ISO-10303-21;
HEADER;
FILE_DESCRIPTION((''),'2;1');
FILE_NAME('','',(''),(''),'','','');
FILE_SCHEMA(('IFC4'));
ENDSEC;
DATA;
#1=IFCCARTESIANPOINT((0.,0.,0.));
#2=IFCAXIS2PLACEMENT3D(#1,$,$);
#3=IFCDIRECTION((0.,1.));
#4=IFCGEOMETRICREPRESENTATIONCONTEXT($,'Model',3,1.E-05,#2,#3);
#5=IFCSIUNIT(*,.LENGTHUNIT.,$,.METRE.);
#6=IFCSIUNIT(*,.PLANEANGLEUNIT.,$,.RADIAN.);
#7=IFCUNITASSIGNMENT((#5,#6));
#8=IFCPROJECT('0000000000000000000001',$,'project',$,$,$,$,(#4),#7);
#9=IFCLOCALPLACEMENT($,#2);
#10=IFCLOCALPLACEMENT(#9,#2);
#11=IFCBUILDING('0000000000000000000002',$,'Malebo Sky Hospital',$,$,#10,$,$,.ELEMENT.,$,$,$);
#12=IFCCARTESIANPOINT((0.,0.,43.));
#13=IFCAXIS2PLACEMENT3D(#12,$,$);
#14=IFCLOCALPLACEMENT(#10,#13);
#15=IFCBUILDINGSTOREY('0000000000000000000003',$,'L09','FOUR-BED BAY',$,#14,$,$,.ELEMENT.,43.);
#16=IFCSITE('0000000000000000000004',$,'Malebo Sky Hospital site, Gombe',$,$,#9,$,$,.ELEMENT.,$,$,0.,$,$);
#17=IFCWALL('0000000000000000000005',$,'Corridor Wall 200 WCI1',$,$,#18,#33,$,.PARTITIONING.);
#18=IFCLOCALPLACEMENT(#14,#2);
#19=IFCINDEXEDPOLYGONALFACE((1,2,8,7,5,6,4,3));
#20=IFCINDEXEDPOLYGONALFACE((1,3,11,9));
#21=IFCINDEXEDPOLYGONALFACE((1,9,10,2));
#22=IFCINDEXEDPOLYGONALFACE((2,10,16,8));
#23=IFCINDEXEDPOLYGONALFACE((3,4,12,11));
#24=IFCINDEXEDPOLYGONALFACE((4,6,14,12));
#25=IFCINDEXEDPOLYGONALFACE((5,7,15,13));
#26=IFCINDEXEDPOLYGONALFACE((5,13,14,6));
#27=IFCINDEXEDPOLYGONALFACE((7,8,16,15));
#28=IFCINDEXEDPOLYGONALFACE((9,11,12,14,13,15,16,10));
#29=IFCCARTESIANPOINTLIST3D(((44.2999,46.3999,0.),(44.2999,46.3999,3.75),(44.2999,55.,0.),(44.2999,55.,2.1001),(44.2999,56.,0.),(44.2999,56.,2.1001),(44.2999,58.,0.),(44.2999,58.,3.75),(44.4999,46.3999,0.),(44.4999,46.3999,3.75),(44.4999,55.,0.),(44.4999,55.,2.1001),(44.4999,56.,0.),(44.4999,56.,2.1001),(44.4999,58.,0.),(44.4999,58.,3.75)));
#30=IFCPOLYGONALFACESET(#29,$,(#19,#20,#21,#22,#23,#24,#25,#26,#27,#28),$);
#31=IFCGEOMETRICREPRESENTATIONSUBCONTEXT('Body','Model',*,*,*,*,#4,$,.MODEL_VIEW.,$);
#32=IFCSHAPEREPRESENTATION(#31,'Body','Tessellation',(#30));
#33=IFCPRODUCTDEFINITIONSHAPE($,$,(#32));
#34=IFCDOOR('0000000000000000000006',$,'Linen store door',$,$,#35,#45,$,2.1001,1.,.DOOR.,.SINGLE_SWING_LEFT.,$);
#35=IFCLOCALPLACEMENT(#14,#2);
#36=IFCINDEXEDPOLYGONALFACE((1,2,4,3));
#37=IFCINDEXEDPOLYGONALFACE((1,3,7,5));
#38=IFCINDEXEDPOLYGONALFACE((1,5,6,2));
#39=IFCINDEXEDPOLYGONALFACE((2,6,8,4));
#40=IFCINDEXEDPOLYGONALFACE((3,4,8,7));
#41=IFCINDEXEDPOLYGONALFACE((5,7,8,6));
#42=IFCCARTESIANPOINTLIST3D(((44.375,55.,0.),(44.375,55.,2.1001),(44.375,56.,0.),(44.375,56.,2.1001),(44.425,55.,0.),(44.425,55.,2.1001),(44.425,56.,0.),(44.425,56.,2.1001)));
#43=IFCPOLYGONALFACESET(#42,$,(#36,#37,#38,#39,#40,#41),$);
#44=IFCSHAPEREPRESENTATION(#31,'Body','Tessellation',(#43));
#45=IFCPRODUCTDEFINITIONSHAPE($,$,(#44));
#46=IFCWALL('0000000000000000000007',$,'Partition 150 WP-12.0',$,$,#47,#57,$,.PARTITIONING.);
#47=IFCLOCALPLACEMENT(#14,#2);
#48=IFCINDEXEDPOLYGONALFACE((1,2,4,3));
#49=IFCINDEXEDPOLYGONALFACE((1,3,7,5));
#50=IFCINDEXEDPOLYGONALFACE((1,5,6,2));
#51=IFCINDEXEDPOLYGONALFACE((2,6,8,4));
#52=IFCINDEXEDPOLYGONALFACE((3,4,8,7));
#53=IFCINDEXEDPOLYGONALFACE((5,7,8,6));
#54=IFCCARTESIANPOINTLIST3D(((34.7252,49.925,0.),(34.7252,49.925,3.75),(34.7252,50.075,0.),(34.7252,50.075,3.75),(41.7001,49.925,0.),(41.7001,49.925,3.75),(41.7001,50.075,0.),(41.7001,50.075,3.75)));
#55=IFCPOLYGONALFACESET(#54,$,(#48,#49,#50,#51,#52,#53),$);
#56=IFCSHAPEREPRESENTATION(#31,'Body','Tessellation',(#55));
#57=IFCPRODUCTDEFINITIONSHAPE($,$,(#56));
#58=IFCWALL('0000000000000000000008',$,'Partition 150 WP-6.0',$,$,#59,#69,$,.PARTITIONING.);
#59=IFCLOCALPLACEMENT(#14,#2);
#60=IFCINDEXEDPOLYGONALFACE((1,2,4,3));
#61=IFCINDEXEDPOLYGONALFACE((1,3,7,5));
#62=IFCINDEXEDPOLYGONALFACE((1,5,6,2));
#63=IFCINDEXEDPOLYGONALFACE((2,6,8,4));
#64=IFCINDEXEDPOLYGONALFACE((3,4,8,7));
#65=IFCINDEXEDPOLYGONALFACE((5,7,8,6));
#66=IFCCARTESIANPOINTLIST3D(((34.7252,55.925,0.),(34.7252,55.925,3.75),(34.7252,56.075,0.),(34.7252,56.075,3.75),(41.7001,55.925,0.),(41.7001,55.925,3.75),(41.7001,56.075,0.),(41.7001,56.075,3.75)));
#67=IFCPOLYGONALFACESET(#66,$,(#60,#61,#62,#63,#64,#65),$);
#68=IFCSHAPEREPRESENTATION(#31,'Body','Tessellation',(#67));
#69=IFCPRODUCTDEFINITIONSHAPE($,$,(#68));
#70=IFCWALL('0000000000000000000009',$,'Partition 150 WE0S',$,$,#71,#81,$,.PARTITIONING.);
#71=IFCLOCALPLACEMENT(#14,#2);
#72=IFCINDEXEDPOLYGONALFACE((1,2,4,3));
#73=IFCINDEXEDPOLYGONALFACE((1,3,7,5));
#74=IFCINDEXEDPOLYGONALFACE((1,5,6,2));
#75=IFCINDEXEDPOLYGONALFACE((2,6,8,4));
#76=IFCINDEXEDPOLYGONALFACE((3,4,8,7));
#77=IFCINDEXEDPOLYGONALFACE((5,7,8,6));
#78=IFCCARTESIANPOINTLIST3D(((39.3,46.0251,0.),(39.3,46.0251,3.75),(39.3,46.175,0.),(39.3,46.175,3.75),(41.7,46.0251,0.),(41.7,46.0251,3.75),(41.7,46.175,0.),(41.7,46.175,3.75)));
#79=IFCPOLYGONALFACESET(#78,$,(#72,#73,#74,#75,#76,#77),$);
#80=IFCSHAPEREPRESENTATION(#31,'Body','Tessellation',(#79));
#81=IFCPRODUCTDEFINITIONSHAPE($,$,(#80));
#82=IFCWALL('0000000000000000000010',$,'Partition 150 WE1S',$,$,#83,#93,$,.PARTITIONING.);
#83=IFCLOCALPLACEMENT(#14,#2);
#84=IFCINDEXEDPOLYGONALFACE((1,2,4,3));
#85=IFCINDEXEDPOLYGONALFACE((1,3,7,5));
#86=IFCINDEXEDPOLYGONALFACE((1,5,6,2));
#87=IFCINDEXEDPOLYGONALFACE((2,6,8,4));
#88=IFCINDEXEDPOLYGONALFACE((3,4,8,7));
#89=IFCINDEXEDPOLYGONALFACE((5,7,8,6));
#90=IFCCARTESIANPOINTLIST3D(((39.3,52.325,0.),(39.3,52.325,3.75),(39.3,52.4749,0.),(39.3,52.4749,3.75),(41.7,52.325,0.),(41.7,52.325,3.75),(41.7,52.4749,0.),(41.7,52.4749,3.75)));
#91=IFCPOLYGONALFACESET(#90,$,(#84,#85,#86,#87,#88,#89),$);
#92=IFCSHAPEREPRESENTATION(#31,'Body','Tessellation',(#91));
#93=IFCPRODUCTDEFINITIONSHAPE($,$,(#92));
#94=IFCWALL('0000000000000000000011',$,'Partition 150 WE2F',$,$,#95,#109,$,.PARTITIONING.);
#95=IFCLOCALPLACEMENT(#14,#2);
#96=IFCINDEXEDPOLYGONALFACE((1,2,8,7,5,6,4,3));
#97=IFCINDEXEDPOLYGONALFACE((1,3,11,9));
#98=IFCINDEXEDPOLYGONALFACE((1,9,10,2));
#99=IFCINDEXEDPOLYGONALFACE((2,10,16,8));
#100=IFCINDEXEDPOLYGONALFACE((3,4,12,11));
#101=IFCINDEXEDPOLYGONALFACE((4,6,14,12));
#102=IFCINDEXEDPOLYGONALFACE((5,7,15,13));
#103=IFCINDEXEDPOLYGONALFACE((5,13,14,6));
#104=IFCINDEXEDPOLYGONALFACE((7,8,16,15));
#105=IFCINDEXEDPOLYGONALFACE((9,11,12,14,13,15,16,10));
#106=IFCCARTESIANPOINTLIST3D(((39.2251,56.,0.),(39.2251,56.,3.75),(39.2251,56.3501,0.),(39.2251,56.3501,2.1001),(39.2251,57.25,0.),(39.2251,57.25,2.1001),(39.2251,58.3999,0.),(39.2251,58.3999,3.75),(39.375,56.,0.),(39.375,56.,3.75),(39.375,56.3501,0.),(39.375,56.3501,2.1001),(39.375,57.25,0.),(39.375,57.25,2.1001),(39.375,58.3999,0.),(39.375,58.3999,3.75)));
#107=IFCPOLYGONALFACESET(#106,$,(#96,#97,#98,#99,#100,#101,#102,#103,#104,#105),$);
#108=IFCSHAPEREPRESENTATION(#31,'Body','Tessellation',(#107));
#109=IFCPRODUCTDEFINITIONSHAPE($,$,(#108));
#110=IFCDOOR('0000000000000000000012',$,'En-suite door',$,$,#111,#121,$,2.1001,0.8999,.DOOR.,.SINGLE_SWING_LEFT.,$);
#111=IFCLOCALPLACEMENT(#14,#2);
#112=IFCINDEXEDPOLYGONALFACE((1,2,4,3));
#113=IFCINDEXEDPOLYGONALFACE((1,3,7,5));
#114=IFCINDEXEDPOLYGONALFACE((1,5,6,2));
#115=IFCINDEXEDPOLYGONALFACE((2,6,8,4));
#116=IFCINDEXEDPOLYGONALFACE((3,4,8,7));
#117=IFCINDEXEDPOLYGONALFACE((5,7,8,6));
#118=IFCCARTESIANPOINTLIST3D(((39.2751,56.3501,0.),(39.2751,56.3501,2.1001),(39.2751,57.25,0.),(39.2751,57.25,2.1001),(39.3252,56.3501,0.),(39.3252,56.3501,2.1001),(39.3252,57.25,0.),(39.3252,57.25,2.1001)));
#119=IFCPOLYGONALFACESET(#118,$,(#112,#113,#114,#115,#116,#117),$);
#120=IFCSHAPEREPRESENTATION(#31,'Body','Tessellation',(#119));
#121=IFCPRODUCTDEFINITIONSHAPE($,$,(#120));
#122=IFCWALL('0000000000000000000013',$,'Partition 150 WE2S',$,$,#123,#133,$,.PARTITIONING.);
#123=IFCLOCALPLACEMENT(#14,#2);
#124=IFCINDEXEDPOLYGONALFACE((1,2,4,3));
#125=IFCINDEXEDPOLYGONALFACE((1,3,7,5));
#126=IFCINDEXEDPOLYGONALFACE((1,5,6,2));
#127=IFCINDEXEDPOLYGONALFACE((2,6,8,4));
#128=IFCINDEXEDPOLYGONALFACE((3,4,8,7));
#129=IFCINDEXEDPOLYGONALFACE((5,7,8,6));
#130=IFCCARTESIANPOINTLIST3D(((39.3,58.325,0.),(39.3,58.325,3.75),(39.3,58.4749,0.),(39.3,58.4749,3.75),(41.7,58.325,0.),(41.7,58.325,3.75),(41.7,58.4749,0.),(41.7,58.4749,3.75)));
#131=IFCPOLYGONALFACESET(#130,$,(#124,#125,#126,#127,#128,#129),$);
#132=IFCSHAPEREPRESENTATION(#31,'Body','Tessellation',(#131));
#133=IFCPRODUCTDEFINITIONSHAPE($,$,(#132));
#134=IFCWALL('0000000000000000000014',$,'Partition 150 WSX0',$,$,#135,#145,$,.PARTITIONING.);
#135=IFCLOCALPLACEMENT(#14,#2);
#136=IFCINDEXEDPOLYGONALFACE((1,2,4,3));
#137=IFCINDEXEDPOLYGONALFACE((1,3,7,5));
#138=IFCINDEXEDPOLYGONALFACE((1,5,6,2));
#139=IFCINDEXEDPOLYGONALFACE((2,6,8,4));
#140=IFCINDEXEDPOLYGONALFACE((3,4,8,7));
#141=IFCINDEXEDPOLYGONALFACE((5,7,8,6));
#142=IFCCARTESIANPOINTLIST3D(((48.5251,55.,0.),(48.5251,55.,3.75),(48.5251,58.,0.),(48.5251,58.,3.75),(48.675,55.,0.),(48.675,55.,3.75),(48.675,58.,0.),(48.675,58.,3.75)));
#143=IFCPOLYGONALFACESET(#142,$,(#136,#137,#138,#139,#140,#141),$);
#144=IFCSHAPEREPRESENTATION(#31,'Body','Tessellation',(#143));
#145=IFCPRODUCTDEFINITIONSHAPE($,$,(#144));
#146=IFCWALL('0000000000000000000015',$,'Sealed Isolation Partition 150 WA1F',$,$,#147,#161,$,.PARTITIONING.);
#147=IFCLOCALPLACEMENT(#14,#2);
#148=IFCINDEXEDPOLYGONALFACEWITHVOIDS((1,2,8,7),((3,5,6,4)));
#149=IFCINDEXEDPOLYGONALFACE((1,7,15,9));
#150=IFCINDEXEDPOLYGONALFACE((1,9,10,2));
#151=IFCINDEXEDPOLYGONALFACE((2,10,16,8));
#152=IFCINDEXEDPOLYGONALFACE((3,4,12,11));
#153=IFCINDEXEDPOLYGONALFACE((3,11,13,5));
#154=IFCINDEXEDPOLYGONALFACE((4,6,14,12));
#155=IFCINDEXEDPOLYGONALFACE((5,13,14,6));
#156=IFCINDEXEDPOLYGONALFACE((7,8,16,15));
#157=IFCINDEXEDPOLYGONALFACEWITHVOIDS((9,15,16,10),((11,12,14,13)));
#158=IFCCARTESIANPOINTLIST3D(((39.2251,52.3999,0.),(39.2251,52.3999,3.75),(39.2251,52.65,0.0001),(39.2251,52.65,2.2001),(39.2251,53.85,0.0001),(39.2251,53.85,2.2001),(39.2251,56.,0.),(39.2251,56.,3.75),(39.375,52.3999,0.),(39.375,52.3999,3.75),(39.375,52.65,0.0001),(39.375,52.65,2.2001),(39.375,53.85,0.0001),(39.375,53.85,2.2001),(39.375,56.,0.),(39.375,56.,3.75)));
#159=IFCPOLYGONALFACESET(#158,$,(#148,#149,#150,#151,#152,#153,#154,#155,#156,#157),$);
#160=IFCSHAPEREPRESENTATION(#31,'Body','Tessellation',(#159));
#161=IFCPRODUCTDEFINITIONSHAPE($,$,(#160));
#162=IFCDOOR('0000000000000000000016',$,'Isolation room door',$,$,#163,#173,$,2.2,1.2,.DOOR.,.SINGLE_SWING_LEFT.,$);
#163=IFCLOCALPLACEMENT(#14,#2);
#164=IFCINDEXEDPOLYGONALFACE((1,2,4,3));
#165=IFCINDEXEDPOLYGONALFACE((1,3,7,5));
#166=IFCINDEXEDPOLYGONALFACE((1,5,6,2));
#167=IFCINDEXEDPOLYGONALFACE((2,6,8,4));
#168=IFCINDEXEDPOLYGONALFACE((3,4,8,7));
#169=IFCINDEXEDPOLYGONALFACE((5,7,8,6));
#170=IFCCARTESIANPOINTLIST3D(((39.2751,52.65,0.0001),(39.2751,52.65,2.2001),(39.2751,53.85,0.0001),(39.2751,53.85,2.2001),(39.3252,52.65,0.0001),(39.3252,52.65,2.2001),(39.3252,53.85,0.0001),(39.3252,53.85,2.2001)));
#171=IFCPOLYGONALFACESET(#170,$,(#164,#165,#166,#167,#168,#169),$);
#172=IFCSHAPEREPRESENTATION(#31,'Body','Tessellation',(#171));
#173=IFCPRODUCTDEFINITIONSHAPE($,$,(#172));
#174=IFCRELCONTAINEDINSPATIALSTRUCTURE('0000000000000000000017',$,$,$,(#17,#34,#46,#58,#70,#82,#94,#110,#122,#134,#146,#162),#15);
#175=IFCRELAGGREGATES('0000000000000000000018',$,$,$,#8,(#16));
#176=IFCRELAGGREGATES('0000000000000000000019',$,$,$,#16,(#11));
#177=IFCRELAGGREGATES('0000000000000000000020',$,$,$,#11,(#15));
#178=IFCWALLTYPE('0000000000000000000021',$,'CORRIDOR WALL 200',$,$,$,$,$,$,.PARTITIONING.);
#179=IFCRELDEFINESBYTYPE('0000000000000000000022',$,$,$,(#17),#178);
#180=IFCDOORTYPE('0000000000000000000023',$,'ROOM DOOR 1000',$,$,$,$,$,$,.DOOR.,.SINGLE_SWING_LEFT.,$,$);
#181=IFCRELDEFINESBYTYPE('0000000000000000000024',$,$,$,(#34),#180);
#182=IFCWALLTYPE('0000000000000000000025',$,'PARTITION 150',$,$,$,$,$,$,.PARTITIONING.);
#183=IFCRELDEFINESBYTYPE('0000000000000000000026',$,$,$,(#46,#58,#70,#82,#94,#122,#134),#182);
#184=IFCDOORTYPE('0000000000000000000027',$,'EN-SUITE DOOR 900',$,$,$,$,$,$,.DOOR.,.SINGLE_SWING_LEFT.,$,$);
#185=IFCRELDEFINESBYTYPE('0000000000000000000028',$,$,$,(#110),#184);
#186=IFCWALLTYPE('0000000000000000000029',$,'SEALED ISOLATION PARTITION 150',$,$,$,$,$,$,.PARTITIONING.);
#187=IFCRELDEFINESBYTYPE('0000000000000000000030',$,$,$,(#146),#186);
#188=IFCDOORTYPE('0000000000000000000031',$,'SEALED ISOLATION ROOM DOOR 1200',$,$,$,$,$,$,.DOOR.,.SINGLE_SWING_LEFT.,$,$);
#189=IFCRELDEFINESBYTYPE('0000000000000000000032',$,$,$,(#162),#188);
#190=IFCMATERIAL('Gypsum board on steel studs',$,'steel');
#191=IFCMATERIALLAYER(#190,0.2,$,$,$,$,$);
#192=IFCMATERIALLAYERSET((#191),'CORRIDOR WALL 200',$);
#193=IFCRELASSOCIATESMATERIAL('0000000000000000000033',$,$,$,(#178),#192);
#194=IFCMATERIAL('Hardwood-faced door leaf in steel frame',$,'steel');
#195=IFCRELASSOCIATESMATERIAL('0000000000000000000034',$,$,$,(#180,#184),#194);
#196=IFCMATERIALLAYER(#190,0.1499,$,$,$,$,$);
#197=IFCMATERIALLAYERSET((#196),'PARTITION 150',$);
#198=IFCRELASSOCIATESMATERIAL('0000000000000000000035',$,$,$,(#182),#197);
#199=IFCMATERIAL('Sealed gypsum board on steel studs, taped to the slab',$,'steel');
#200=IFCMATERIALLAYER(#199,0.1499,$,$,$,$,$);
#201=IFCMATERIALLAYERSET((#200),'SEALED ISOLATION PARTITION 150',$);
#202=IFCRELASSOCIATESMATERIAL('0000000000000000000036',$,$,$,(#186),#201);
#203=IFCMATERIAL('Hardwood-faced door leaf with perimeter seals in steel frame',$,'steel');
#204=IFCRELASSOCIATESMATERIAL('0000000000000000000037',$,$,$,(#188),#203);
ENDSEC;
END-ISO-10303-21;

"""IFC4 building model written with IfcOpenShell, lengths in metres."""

from ifc_helpers import new_model, si_unit, direction, frame, frame_2d, origin, place, context, subcontext, project, spatial, rectangle, extrude, material, layer, layer_set, type_object, element, fill, save


model = new_model("IFC4")

# Units and contexts
model_context = context("Model", 3, precision=1e-05, world=origin(), true_north=direction((0.0, 1.0)))
body_context = subcontext(model_context, "Body", "Model", "MODEL_VIEW")
ifc_project = project(units=[si_unit("LENGTHUNIT", "METRE"), si_unit("PLANEANGLEUNIT", "RADIAN")], contexts=[model_context])

# Site, building, storey
site_placement = place(None, origin())
site = spatial("IfcSite", under=ifc_project, at=site_placement, Name="Malebo Sky Hospital site, Gombe", CompositionType="ELEMENT", RefElevation=0.0)
building_placement = place(site_placement, origin())
building = spatial("IfcBuilding", under=site, at=building_placement, Name="Malebo Sky Hospital", CompositionType="ELEMENT")
storey_placement = place(building_placement, frame((0.0, 0.0, 43.0)))
storey = spatial("IfcBuildingStorey", under=building, at=storey_placement, Name="L09", Description="FOUR-BED BAY", CompositionType="ELEMENT", Elevation=43.0)

# Wall, opening, door
ifc_material_1 = material(Name="Gypsum board on steel studs", Category="steel")
ifc_layer_1 = layer(ifc_material_1, 0.2)
ifc_layer_set_1 = layer_set([ifc_layer_1], Name="CORRIDOR WALL 200")
wall_type_1 = type_object("IfcWallType", Name="CORRIDOR WALL 200", PredefinedType="PARTITIONING", material=ifc_layer_set_1)
wall_1_placement = place(storey_placement, frame((44.3999, 46.3999, 0.0), z_axis=(0.0, 0.0, 1.0), x_axis=(0.0, 1.0, 0.0)))
wall_1 = element("IfcWall", 1, at=wall_1_placement, inside=storey, type_object=wall_type_1, Name="Corridor Wall 200 WCI1", PredefinedType="PARTITIONING", context=body_context, shape_type="SweptSolid", body=[
    extrude(rectangle(XDim=11.6001, YDim=0.2, at=frame_2d((5.8, 0.0))), origin(), (0.0, 0.0, 1.0), 3.75),
])
opening_1_placement = place(wall_1_placement, frame((8.6001, 0.0, 0.0)))
opening_1 = element("IfcOpeningElement", 2, at=opening_1_placement, cuts=wall_1, PredefinedType="OPENING", context=body_context, shape_type="SweptSolid", body=[
    extrude(rectangle(XDim=1.0, YDim=2.1001, at=frame_2d((0.5, 1.05))), frame((0.0, 0.1099, 0.0), z_axis=(0.0, -1.0, 0.0), x_axis=(1.0, 0.0, 0.0)), (0.0, 0.0, 1.0), 0.22),
])
ifc_material_2 = material(Name="Hardwood-faced door leaf in steel frame", Category="steel")
door_type_1 = type_object("IfcDoorType", Name="ROOM DOOR 1000", OperationType="SINGLE_SWING_LEFT", PredefinedType="DOOR", material=ifc_material_2)
door_1_placement = place(opening_1_placement, origin())
door_1 = element("IfcDoor", 3, at=door_1_placement, inside=storey, type_object=door_type_1, Name="Linen store door", OperationType="SINGLE_SWING_LEFT", OverallHeight=2.1001, OverallWidth=1.0, PredefinedType="DOOR", context=body_context, shape_type="SweptSolid", body=[
    extrude(rectangle(XDim=1.0, YDim=2.1001, at=frame_2d((0.5, 1.05))), frame((0.0, 0.0249, 0.0), z_axis=(0.0, -1.0, 0.0), x_axis=(1.0, 0.0, 0.0)), (0.0, 0.0, 1.0), 0.05),
])
fill(opening_1, door_1)

# Walls
ifc_layer_2 = layer(ifc_material_1, 0.1499)
ifc_layer_set_2 = layer_set([ifc_layer_2], Name="PARTITION 150")
wall_type_2 = type_object("IfcWallType", Name="PARTITION 150", PredefinedType="PARTITIONING", material=ifc_layer_set_2)
for number, where, z_axis, x_axis, name in (
    (4, (41.7, 50.0, 0.0), (0.0, 0.0, 1.0), (-1.0, 0.0, 0.0), "Partition 150 WP-12.0"),
    (5, (41.7, 56.0, 0.0), (0.0, 0.0, 1.0), (-1.0, 0.0, 0.0), "Partition 150 WP-6.0"),
):
    element("IfcWall", number, at=place(storey_placement, frame(where, z_axis=z_axis, x_axis=x_axis)), inside=storey, type_object=wall_type_2, Name=name, PredefinedType="PARTITIONING", context=body_context, shape_type="SweptSolid", body=[
        extrude(rectangle(XDim=6.9749, YDim=0.1499, at=frame_2d((3.4873, 0.0))), origin(), (0.0, 0.0, 1.0), 3.75),
    ])
for number, where, z_axis, x_axis, name in (
    (6, (41.7, 46.1001, 0.0), (0.0, 0.0, 1.0), (-1.0, 0.0, 0.0), "Partition 150 WE0S"),
    (7, (41.7, 52.3999, 0.0), (0.0, 0.0, 1.0), (-1.0, 0.0, 0.0), "Partition 150 WE1S"),
):
    element("IfcWall", number, at=place(storey_placement, frame(where, z_axis=z_axis, x_axis=x_axis)), inside=storey, type_object=wall_type_2, Name=name, PredefinedType="PARTITIONING", context=body_context, shape_type="SweptSolid", body=[
        extrude(rectangle(XDim=2.3999, YDim=0.1499, at=frame_2d((1.2, 0.0))), origin(), (0.0, 0.0, 1.0), 3.75),
    ])

# Wall, opening, door
wall_2_placement = place(storey_placement, frame((39.3, 56.0, 0.0), z_axis=(0.0, 0.0, 1.0), x_axis=(0.0, 1.0, 0.0)))
wall_2 = element("IfcWall", 8, at=wall_2_placement, inside=storey, type_object=wall_type_2, Name="Partition 150 WE2F", PredefinedType="PARTITIONING", context=body_context, shape_type="SweptSolid", body=[
    extrude(rectangle(XDim=2.3999, YDim=0.1499, at=frame_2d((1.2, 0.0))), origin(), (0.0, 0.0, 1.0), 3.75),
])
opening_2_placement = place(wall_2_placement, frame((0.3501, 0.0, 0.0)))
opening_2 = element("IfcOpeningElement", 9, at=opening_2_placement, cuts=wall_2, PredefinedType="OPENING", context=body_context, shape_type="SweptSolid", body=[
    extrude(rectangle(XDim=0.8999, YDim=2.1001, at=frame_2d((0.45, 1.05))), frame((0.0, 0.085, 0.0), z_axis=(0.0, -1.0, 0.0), x_axis=(1.0, 0.0, 0.0)), (0.0, 0.0, 1.0), 0.1699),
])
door_type_2 = type_object("IfcDoorType", Name="EN-SUITE DOOR 900", OperationType="SINGLE_SWING_LEFT", PredefinedType="DOOR", material=ifc_material_2)
door_2_placement = place(opening_2_placement, origin())
door_2 = element("IfcDoor", 10, at=door_2_placement, inside=storey, type_object=door_type_2, Name="En-suite door", OperationType="SINGLE_SWING_LEFT", OverallHeight=2.1001, OverallWidth=0.8999, PredefinedType="DOOR", context=body_context, shape_type="SweptSolid", body=[
    extrude(rectangle(XDim=0.8999, YDim=2.1001, at=frame_2d((0.45, 1.05))), frame((0.0, 0.0249, 0.0), z_axis=(0.0, -1.0, 0.0), x_axis=(1.0, 0.0, 0.0)), (0.0, 0.0, 1.0), 0.05),
])
fill(opening_2, door_2)

# Walls
wall_3_placement = place(storey_placement, frame((41.7, 58.3999, 0.0), z_axis=(0.0, 0.0, 1.0), x_axis=(-1.0, 0.0, 0.0)))
element("IfcWall", 11, at=wall_3_placement, inside=storey, type_object=wall_type_2, Name="Partition 150 WE2S", PredefinedType="PARTITIONING", context=body_context, shape_type="SweptSolid", body=[
    extrude(rectangle(XDim=2.3999, YDim=0.1499, at=frame_2d((1.2, 0.0))), origin(), (0.0, 0.0, 1.0), 3.75),
])
wall_4_placement = place(storey_placement, frame((48.6001, 55.0, 0.0), z_axis=(0.0, 0.0, 1.0), x_axis=(0.0, 1.0, 0.0)))
element("IfcWall", 12, at=wall_4_placement, inside=storey, type_object=wall_type_2, Name="Partition 150 WSX0", PredefinedType="PARTITIONING", context=body_context, shape_type="SweptSolid", body=[
    extrude(rectangle(XDim=3.0, YDim=0.1499, at=frame_2d((1.5, 0.0))), origin(), (0.0, 0.0, 1.0), 3.75),
])

# Wall, opening, door
ifc_material_3 = material(Name="Sealed gypsum board on steel studs, taped to the slab", Category="steel")
ifc_layer_3 = layer(ifc_material_3, 0.1499)
ifc_layer_set_3 = layer_set([ifc_layer_3], Name="SEALED ISOLATION PARTITION 150")
wall_type_3 = type_object("IfcWallType", Name="SEALED ISOLATION PARTITION 150", PredefinedType="PARTITIONING", material=ifc_layer_set_3)
wall_5_placement = place(storey_placement, frame((39.3, 52.3999, 0.0), z_axis=(0.0, 0.0, 1.0), x_axis=(0.0, 1.0, 0.0)))
wall_5 = element("IfcWall", 13, at=wall_5_placement, inside=storey, type_object=wall_type_3, Name="Sealed Isolation Partition 150 WA1F", PredefinedType="PARTITIONING", context=body_context, shape_type="SweptSolid", body=[
    extrude(rectangle(XDim=3.6001, YDim=0.1499, at=frame_2d((1.8, 0.0))), origin(), (0.0, 0.0, 1.0), 3.75),
])
opening_3_placement = place(wall_5_placement, frame((0.25, 0.0, 0.0)))
opening_3 = element("IfcOpeningElement", 14, at=opening_3_placement, cuts=wall_5, PredefinedType="OPENING", context=body_context, shape_type="SweptSolid", body=[
    extrude(rectangle(XDim=1.2, YDim=2.2, at=frame_2d((0.6001, 1.1001))), frame((0.0, 0.085, 0.0), z_axis=(0.0, -1.0, 0.0), x_axis=(1.0, 0.0, 0.0)), (0.0, 0.0, 1.0), 0.1699),
])
ifc_material_4 = material(Name="Hardwood-faced door leaf with perimeter seals in steel frame", Category="steel")
door_type_3 = type_object("IfcDoorType", Name="SEALED ISOLATION ROOM DOOR 1200", OperationType="SINGLE_SWING_LEFT", PredefinedType="DOOR", material=ifc_material_4)
door_3_placement = place(opening_3_placement, origin())
door_3 = element("IfcDoor", 15, at=door_3_placement, inside=storey, type_object=door_type_3, Name="Isolation room door", OperationType="SINGLE_SWING_LEFT", OverallHeight=2.2, OverallWidth=1.2, PredefinedType="DOOR", context=body_context, shape_type="SweptSolid", body=[
    extrude(rectangle(XDim=1.2, YDim=2.2, at=frame_2d((0.6001, 1.1001))), frame((0.0, 0.0249, 0.0), z_axis=(0.0, -1.0, 0.0), x_axis=(1.0, 0.0, 0.0)), (0.0, 0.0, 1.0), 0.05),
])
fill(opening_3, door_3)

save(model, "model.ifc")
